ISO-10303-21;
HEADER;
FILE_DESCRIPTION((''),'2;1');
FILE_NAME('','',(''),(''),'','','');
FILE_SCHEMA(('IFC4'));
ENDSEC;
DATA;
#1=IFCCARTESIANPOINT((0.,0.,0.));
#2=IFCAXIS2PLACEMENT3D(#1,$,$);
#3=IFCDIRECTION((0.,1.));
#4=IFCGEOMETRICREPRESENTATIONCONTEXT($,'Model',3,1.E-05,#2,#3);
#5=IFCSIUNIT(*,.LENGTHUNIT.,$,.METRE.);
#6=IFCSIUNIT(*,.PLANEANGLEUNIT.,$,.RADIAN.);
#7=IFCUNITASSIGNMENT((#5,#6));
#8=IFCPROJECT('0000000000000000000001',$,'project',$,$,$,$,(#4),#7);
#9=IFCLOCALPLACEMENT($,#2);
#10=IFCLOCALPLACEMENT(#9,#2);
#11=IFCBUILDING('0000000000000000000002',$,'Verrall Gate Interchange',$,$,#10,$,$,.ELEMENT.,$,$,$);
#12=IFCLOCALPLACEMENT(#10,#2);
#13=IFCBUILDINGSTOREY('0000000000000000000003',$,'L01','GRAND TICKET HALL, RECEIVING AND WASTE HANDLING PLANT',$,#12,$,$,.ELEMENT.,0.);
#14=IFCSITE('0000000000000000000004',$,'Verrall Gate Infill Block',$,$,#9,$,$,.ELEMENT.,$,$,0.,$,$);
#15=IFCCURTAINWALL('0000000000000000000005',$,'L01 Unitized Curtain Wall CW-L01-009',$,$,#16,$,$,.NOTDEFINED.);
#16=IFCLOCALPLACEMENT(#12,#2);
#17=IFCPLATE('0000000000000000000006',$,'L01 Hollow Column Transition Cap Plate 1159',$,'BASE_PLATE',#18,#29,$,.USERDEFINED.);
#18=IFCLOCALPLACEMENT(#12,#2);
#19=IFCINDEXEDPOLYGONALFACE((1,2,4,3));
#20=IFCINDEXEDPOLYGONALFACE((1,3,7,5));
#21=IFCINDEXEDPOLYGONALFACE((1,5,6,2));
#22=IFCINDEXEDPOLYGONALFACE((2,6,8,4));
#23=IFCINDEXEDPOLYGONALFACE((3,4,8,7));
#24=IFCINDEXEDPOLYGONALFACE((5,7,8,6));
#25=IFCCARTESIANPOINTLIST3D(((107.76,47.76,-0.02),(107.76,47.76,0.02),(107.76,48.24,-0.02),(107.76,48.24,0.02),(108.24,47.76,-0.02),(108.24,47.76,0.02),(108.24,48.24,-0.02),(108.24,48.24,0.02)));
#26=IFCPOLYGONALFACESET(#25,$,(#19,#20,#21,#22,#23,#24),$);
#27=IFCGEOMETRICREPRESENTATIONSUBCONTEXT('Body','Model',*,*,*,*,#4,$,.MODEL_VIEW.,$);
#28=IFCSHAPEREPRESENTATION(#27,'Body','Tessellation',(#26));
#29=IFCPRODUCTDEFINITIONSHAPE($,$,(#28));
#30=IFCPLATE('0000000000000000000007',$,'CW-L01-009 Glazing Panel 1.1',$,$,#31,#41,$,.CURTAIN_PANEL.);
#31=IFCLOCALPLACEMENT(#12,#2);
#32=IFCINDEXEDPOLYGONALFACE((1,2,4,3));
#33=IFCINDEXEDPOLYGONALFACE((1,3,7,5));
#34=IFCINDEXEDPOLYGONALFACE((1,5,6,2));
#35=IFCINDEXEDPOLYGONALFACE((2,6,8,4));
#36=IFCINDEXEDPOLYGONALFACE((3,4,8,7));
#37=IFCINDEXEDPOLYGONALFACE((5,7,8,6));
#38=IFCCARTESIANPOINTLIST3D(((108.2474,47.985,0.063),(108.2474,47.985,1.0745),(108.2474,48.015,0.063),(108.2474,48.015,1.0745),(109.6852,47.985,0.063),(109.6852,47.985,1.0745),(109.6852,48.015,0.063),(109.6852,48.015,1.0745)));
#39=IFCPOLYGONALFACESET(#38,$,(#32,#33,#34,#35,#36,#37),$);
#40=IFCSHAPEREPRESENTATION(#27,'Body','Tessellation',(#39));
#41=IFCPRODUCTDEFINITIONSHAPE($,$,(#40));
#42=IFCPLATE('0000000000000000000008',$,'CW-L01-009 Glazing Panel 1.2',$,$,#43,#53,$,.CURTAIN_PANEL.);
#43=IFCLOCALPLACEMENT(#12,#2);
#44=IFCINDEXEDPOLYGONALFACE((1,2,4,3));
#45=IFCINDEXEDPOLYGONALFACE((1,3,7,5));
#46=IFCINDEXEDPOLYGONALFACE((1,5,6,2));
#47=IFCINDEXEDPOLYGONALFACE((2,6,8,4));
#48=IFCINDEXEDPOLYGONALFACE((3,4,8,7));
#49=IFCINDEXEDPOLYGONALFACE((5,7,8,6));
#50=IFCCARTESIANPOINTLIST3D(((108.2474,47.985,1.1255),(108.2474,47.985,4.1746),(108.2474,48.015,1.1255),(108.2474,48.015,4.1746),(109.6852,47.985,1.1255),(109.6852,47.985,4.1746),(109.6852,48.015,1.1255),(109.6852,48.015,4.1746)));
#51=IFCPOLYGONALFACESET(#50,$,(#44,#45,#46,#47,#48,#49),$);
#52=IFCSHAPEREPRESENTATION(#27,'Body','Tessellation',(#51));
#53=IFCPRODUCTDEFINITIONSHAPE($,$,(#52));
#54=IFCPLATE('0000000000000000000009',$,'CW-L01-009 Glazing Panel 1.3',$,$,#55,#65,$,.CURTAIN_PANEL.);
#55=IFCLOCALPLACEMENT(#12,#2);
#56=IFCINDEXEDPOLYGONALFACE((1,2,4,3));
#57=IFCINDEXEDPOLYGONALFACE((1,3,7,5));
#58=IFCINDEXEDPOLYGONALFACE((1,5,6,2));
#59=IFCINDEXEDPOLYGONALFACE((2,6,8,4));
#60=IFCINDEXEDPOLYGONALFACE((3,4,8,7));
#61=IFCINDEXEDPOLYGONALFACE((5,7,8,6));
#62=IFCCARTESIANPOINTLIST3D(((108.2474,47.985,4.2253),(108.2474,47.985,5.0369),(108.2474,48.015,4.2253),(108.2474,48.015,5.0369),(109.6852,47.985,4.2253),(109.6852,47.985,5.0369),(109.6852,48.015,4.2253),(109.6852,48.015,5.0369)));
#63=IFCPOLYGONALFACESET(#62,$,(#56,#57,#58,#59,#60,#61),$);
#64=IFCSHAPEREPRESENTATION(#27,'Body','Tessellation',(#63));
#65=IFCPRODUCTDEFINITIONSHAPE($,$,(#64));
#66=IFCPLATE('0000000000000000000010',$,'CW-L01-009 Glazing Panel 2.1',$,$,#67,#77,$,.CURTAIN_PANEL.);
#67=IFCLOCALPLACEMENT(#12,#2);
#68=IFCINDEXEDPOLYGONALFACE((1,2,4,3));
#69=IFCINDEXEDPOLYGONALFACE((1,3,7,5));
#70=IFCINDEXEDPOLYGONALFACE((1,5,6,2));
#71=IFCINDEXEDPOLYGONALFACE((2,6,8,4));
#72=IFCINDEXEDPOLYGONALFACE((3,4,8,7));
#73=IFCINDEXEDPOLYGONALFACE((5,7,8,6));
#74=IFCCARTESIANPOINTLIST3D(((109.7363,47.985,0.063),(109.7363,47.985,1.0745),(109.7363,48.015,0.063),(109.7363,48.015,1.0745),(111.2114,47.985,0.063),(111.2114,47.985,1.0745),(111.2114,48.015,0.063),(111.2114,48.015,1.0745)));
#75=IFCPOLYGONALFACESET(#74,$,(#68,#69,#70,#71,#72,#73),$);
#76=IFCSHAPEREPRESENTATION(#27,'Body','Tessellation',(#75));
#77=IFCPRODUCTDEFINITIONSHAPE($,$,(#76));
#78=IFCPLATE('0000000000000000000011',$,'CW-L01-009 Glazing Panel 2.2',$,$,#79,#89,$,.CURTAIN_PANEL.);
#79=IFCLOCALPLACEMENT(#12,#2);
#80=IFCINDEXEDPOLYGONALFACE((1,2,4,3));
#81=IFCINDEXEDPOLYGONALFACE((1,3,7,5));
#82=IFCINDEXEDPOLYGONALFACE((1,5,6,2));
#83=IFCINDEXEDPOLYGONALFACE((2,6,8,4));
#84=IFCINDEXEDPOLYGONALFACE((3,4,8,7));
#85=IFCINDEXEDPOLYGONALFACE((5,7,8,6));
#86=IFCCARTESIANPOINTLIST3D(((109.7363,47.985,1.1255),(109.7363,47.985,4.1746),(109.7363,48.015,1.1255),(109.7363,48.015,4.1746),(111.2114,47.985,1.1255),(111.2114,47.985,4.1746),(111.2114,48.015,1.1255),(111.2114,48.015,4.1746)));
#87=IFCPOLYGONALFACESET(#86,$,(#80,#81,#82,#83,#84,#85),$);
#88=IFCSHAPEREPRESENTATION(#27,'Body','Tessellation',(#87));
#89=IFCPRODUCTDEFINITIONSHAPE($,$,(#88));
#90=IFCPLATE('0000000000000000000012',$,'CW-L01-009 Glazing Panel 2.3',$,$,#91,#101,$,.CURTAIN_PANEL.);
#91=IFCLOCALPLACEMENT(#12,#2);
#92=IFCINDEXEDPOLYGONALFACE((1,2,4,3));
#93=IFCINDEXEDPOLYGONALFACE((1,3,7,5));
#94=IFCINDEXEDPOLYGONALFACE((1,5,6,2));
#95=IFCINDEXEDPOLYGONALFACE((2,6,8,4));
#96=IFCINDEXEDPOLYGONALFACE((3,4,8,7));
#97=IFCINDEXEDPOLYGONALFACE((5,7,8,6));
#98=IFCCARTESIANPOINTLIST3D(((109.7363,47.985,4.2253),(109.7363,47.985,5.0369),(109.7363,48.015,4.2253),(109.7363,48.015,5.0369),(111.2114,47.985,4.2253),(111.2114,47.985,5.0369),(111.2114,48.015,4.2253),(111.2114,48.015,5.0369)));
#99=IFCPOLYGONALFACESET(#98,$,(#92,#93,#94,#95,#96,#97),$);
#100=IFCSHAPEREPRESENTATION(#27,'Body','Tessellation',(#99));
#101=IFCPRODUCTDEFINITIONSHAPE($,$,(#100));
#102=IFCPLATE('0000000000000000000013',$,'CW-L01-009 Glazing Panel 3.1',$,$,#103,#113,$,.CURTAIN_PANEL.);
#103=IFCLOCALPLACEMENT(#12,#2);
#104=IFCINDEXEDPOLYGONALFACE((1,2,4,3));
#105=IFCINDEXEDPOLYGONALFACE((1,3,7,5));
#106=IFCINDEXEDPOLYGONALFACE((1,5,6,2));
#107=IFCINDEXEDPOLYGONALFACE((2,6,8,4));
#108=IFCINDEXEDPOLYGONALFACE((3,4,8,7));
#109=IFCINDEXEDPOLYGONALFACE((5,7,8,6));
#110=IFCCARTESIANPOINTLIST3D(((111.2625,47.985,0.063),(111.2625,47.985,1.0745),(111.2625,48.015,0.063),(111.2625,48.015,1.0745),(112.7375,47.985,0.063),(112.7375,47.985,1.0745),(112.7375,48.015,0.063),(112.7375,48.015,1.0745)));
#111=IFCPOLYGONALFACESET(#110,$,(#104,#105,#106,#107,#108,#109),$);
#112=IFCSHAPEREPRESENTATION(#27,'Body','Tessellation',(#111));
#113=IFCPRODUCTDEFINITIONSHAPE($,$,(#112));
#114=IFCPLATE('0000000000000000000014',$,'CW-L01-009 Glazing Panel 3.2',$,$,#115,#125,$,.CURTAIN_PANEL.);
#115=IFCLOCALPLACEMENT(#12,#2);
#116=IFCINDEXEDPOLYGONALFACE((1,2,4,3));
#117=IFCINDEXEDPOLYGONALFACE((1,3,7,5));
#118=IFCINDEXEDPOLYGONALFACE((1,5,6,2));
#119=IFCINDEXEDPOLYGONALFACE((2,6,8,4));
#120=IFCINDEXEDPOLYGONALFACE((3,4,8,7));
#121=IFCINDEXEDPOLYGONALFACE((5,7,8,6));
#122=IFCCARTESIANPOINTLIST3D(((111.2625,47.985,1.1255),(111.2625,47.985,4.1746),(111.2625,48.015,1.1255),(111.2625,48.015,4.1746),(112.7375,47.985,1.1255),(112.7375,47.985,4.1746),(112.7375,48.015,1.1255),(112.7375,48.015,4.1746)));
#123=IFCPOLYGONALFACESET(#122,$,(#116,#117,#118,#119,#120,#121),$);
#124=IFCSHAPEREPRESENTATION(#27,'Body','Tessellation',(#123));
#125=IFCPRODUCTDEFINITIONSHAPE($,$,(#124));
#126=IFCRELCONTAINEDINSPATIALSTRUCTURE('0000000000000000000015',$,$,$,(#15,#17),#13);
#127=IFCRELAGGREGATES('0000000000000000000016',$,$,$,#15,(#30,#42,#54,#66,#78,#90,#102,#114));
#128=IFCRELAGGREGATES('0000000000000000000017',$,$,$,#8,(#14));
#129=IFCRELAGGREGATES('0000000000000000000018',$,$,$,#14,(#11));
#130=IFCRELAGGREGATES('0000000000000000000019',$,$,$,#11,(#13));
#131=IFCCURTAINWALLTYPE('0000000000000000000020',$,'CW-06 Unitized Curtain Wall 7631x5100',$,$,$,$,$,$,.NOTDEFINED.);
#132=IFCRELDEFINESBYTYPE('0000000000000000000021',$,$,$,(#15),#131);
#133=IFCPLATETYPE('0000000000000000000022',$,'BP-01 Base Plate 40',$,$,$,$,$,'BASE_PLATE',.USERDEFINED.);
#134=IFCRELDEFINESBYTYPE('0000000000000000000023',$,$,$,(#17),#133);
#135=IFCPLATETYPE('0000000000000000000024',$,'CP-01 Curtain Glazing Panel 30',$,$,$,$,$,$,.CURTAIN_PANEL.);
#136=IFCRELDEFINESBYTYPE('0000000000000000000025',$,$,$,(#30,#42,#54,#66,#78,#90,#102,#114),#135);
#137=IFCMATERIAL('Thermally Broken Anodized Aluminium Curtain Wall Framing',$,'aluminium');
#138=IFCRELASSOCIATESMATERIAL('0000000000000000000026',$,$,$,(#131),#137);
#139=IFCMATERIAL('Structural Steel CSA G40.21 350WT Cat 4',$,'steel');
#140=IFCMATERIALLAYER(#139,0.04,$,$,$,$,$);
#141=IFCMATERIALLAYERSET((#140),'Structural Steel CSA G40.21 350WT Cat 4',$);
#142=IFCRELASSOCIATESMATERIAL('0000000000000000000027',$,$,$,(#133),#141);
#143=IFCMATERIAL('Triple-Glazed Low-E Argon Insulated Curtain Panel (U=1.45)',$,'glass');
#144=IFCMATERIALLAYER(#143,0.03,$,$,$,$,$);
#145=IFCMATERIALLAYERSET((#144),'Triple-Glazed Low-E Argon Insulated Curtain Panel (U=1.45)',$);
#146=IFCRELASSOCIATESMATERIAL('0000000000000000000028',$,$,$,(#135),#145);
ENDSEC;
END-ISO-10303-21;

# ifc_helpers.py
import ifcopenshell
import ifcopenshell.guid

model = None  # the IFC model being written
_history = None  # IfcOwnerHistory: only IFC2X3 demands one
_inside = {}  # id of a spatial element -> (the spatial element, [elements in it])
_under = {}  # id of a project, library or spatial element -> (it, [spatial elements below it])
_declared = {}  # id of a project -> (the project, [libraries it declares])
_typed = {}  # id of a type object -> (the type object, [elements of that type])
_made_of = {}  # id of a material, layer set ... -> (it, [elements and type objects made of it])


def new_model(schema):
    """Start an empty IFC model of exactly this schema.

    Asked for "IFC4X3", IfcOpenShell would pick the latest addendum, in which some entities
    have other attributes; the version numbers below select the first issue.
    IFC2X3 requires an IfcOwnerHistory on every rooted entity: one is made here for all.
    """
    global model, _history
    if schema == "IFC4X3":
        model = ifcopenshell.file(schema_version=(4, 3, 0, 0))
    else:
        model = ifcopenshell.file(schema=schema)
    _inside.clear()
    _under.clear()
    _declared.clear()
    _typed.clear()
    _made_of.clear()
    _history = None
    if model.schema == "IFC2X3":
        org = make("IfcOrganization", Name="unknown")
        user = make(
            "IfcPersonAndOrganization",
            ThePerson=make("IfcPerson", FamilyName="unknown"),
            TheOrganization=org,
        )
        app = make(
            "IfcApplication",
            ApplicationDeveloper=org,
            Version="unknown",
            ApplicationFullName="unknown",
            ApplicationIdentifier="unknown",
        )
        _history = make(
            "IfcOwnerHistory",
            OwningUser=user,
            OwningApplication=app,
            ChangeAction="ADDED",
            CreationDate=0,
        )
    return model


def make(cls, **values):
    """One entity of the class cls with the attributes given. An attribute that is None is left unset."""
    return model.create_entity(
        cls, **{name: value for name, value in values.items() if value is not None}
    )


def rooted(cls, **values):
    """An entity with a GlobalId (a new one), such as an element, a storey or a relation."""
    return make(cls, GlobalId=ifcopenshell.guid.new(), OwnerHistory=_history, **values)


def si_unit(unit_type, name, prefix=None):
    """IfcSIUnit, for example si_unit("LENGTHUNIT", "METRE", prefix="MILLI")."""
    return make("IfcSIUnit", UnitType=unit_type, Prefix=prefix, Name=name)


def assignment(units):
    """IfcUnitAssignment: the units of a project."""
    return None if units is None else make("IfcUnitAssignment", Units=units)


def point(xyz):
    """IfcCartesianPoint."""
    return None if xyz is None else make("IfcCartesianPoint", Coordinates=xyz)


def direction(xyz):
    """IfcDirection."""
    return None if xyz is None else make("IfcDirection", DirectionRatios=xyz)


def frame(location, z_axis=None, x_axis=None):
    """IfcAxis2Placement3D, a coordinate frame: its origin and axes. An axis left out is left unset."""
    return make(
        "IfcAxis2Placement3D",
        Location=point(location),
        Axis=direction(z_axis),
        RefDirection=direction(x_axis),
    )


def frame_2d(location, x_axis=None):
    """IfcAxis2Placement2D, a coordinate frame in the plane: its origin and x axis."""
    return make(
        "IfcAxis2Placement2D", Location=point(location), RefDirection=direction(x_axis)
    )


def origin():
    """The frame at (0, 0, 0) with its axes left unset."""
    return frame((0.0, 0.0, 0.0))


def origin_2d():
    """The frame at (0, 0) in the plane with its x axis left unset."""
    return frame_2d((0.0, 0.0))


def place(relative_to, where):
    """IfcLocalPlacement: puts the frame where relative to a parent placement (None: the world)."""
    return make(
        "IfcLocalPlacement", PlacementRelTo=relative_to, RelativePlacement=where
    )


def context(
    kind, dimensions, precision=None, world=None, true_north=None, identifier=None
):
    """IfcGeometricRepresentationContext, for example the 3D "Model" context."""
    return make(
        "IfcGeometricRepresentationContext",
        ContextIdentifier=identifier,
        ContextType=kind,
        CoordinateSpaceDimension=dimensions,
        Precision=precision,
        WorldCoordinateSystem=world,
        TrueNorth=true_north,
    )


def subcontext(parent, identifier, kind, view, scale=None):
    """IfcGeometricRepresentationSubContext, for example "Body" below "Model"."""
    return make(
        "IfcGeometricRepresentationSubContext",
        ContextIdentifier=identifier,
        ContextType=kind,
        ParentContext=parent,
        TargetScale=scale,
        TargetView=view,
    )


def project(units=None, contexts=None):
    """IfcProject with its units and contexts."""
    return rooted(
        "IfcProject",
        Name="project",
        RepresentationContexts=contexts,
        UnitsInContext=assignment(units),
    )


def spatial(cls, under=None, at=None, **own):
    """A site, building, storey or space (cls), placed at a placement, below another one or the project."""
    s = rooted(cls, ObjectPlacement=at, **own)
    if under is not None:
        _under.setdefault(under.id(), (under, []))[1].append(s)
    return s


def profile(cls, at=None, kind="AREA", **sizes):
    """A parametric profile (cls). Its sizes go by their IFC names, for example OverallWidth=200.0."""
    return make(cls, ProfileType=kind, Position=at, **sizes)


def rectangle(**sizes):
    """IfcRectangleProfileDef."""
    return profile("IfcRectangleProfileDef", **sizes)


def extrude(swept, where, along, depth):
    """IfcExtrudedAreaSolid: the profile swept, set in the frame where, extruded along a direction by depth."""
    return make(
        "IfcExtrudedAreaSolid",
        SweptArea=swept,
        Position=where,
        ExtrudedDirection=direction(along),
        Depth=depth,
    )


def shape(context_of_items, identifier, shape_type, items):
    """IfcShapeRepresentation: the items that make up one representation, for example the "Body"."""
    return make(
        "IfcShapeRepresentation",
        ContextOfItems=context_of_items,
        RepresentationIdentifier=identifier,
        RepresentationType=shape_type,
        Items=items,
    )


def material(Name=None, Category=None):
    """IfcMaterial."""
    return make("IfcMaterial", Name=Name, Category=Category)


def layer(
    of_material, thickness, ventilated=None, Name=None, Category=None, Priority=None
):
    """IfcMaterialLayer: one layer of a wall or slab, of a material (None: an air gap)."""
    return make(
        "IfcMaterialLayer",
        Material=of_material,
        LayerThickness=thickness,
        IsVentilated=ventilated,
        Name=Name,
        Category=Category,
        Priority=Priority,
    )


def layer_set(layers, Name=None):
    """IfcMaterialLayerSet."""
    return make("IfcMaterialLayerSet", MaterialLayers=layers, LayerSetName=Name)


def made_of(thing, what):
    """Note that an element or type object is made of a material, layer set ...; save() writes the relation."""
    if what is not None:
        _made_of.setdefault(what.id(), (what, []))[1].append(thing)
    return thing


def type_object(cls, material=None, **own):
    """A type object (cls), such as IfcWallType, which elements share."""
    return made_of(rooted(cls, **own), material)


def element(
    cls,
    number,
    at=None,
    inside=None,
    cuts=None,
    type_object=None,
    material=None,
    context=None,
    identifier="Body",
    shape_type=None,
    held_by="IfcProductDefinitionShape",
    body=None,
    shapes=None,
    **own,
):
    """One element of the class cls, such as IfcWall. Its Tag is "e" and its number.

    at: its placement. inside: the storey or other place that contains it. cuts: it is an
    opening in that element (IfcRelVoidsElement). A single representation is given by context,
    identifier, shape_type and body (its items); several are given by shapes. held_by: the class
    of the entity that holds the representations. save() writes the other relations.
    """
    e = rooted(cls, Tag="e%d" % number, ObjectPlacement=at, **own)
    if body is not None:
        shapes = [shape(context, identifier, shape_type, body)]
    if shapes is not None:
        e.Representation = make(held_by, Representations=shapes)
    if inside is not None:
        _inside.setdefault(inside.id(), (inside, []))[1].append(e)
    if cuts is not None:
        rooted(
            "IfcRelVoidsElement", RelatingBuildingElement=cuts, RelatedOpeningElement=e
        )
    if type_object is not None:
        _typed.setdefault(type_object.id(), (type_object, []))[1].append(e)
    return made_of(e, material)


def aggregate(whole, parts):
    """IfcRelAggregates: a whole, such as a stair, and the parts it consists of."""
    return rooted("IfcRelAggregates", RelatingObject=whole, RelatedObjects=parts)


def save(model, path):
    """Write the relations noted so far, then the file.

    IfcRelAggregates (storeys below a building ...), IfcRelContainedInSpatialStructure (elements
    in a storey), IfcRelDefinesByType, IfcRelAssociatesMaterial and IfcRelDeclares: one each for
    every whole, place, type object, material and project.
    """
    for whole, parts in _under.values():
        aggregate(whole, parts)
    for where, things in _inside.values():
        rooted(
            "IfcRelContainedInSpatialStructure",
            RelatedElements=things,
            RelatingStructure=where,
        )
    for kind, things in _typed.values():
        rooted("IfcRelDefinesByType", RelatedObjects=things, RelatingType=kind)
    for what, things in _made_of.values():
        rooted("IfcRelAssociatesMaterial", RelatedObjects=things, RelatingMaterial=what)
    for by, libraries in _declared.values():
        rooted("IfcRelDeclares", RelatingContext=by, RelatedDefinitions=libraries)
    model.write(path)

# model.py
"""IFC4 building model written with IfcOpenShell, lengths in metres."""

from ifc_helpers import new_model, si_unit, direction, frame, origin, origin_2d, place, context, subcontext, project, spatial, rectangle, extrude, material, layer, layer_set, type_object, element, aggregate, save


model = new_model("IFC4")

# Units and contexts
model_context = context("Model", 3, precision=1e-05, world=origin(), true_north=direction((0.0, 1.0)))
body_context = subcontext(model_context, "Body", "Model", "MODEL_VIEW")
ifc_project = project(units=[si_unit("LENGTHUNIT", "METRE"), si_unit("PLANEANGLEUNIT", "RADIAN")], contexts=[model_context])

# Site, building, storey
site_placement = place(None, origin())
site = spatial("IfcSite", under=ifc_project, at=site_placement, Name="Verrall Gate Infill Block", CompositionType="ELEMENT", RefElevation=0.0)
building_placement = place(site_placement, origin())
building = spatial("IfcBuilding", under=site, at=building_placement, Name="Verrall Gate Interchange", CompositionType="ELEMENT")
storey_placement = place(building_placement, origin())
storey = spatial("IfcBuildingStorey", under=building, at=storey_placement, Name="L01", Description="GRAND TICKET HALL, RECEIVING AND WASTE HANDLING PLANT", CompositionType="ELEMENT", Elevation=0.0)

# Curtain wall
ifc_material_1 = material(Name="Thermally Broken Anodized Aluminium Curtain Wall Framing", Category="aluminium")
curtain_wall_type_1 = type_object("IfcCurtainWallType", Name="CW-06 Unitized Curtain Wall 7631x5100", PredefinedType="NOTDEFINED", material=ifc_material_1)
curtain_wall_1_placement = place(storey_placement, origin())
curtain_wall_1 = element("IfcCurtainWall", 1, at=curtain_wall_1_placement, inside=storey, type_object=curtain_wall_type_1, Name="L01 Unitized Curtain Wall CW-L01-009", PredefinedType="NOTDEFINED")

# Plates
ifc_material_2 = material(Name="Structural Steel CSA G40.21 350WT Cat 4", Category="steel")
ifc_layer_1 = layer(ifc_material_2, 0.04)
ifc_layer_set_1 = layer_set([ifc_layer_1], Name="Structural Steel CSA G40.21 350WT Cat 4")
plate_type_1 = type_object("IfcPlateType", Name="BP-01 Base Plate 40", ElementType="BASE_PLATE", PredefinedType="USERDEFINED", material=ifc_layer_set_1)
plate_1_placement = place(storey_placement, frame((108.0, 48.0, -0.02), z_axis=(0.0, 0.0, 1.0), x_axis=(1.0, 0.0, 0.0)))
element("IfcPlate", 2, at=plate_1_placement, inside=storey, type_object=plate_type_1, Name="L01 Hollow Column Transition Cap Plate 1159", ObjectType="BASE_PLATE", PredefinedType="USERDEFINED", context=body_context, shape_type="SweptSolid", body=[
    extrude(rectangle(XDim=0.48, YDim=0.48, at=origin_2d()), origin(), (0.0, 0.0, 1.0), 0.04),
])
ifc_material_3 = material(Name="Triple-Glazed Low-E Argon Insulated Curtain Panel (U=1.45)", Category="glass")
ifc_layer_2 = layer(ifc_material_3, 0.03)
ifc_layer_set_2 = layer_set([ifc_layer_2], Name="Triple-Glazed Low-E Argon Insulated Curtain Panel (U=1.45)")
plate_type_2 = type_object("IfcPlateType", Name="CP-01 Curtain Glazing Panel 30", PredefinedType="CURTAIN_PANEL", material=ifc_layer_set_2)
plate_2_placement = place(storey_placement, frame((108.9663, 48.0, 0.063), z_axis=(0.0, 0.0, 1.0), x_axis=(1.0, 0.0, 0.0)))
plate_2 = element("IfcPlate", 3, at=plate_2_placement, type_object=plate_type_2, Name="CW-L01-009 Glazing Panel 1.1", PredefinedType="CURTAIN_PANEL", context=body_context, shape_type="SweptSolid", body=[
    extrude(rectangle(XDim=1.4377, YDim=0.03, at=origin_2d()), origin(), (0.0, 0.0, 1.0), 1.0115),
])
plate_3_placement = place(storey_placement, frame((108.9663, 48.0, 1.1255), z_axis=(0.0, 0.0, 1.0), x_axis=(1.0, 0.0, 0.0)))
plate_3 = element("IfcPlate", 4, at=plate_3_placement, type_object=plate_type_2, Name="CW-L01-009 Glazing Panel 1.2", PredefinedType="CURTAIN_PANEL", context=body_context, shape_type="SweptSolid", body=[
    extrude(rectangle(XDim=1.4377, YDim=0.03, at=origin_2d()), origin(), (0.0, 0.0, 1.0), 3.0491),
])
plate_4_placement = place(storey_placement, frame((108.9663, 48.0, 4.2253), z_axis=(0.0, 0.0, 1.0), x_axis=(1.0, 0.0, 0.0)))
plate_4 = element("IfcPlate", 5, at=plate_4_placement, type_object=plate_type_2, Name="CW-L01-009 Glazing Panel 1.3", PredefinedType="CURTAIN_PANEL", context=body_context, shape_type="SweptSolid", body=[
    extrude(rectangle(XDim=1.4377, YDim=0.03, at=origin_2d()), origin(), (0.0, 0.0, 1.0), 0.8115),
])
plate_5_placement = place(storey_placement, frame((110.4739, 48.0, 0.063), z_axis=(0.0, 0.0, 1.0), x_axis=(1.0, 0.0, 0.0)))
plate_5 = element("IfcPlate", 6, at=plate_5_placement, type_object=plate_type_2, Name="CW-L01-009 Glazing Panel 2.1", PredefinedType="CURTAIN_PANEL", context=body_context, shape_type="SweptSolid", body=[
    extrude(rectangle(XDim=1.4751, YDim=0.03, at=origin_2d()), origin(), (0.0, 0.0, 1.0), 1.0115),
])
plate_6_placement = place(storey_placement, frame((110.4739, 48.0, 1.1255), z_axis=(0.0, 0.0, 1.0), x_axis=(1.0, 0.0, 0.0)))
plate_6 = element("IfcPlate", 7, at=plate_6_placement, type_object=plate_type_2, Name="CW-L01-009 Glazing Panel 2.2", PredefinedType="CURTAIN_PANEL", context=body_context, shape_type="SweptSolid", body=[
    extrude(rectangle(XDim=1.4751, YDim=0.03, at=origin_2d()), origin(), (0.0, 0.0, 1.0), 3.0491),
])
plate_7_placement = place(storey_placement, frame((110.4739, 48.0, 4.2253), z_axis=(0.0, 0.0, 1.0), x_axis=(1.0, 0.0, 0.0)))
plate_7 = element("IfcPlate", 8, at=plate_7_placement, type_object=plate_type_2, Name="CW-L01-009 Glazing Panel 2.3", PredefinedType="CURTAIN_PANEL", context=body_context, shape_type="SweptSolid", body=[
    extrude(rectangle(XDim=1.4751, YDim=0.03, at=origin_2d()), origin(), (0.0, 0.0, 1.0), 0.8115),
])
plate_8_placement = place(storey_placement, frame((112.0, 48.0, 0.063), z_axis=(0.0, 0.0, 1.0), x_axis=(1.0, 0.0, 0.0)))
plate_8 = element("IfcPlate", 9, at=plate_8_placement, type_object=plate_type_2, Name="CW-L01-009 Glazing Panel 3.1", PredefinedType="CURTAIN_PANEL", context=body_context, shape_type="SweptSolid", body=[
    extrude(rectangle(XDim=1.4751, YDim=0.03, at=origin_2d()), origin(), (0.0, 0.0, 1.0), 1.0115),
])
plate_9_placement = place(storey_placement, frame((112.0, 48.0, 1.1255), z_axis=(0.0, 0.0, 1.0), x_axis=(1.0, 0.0, 0.0)))
plate_9 = element("IfcPlate", 10, at=plate_9_placement, type_object=plate_type_2, Name="CW-L01-009 Glazing Panel 3.2", PredefinedType="CURTAIN_PANEL", context=body_context, shape_type="SweptSolid", body=[
    extrude(rectangle(XDim=1.4751, YDim=0.03, at=origin_2d()), origin(), (0.0, 0.0, 1.0), 3.0491),
])
aggregate(curtain_wall_1, [plate_2, plate_3, plate_4, plate_5, plate_6, plate_7, plate_8, plate_9])

save(model, "model.ifc")
